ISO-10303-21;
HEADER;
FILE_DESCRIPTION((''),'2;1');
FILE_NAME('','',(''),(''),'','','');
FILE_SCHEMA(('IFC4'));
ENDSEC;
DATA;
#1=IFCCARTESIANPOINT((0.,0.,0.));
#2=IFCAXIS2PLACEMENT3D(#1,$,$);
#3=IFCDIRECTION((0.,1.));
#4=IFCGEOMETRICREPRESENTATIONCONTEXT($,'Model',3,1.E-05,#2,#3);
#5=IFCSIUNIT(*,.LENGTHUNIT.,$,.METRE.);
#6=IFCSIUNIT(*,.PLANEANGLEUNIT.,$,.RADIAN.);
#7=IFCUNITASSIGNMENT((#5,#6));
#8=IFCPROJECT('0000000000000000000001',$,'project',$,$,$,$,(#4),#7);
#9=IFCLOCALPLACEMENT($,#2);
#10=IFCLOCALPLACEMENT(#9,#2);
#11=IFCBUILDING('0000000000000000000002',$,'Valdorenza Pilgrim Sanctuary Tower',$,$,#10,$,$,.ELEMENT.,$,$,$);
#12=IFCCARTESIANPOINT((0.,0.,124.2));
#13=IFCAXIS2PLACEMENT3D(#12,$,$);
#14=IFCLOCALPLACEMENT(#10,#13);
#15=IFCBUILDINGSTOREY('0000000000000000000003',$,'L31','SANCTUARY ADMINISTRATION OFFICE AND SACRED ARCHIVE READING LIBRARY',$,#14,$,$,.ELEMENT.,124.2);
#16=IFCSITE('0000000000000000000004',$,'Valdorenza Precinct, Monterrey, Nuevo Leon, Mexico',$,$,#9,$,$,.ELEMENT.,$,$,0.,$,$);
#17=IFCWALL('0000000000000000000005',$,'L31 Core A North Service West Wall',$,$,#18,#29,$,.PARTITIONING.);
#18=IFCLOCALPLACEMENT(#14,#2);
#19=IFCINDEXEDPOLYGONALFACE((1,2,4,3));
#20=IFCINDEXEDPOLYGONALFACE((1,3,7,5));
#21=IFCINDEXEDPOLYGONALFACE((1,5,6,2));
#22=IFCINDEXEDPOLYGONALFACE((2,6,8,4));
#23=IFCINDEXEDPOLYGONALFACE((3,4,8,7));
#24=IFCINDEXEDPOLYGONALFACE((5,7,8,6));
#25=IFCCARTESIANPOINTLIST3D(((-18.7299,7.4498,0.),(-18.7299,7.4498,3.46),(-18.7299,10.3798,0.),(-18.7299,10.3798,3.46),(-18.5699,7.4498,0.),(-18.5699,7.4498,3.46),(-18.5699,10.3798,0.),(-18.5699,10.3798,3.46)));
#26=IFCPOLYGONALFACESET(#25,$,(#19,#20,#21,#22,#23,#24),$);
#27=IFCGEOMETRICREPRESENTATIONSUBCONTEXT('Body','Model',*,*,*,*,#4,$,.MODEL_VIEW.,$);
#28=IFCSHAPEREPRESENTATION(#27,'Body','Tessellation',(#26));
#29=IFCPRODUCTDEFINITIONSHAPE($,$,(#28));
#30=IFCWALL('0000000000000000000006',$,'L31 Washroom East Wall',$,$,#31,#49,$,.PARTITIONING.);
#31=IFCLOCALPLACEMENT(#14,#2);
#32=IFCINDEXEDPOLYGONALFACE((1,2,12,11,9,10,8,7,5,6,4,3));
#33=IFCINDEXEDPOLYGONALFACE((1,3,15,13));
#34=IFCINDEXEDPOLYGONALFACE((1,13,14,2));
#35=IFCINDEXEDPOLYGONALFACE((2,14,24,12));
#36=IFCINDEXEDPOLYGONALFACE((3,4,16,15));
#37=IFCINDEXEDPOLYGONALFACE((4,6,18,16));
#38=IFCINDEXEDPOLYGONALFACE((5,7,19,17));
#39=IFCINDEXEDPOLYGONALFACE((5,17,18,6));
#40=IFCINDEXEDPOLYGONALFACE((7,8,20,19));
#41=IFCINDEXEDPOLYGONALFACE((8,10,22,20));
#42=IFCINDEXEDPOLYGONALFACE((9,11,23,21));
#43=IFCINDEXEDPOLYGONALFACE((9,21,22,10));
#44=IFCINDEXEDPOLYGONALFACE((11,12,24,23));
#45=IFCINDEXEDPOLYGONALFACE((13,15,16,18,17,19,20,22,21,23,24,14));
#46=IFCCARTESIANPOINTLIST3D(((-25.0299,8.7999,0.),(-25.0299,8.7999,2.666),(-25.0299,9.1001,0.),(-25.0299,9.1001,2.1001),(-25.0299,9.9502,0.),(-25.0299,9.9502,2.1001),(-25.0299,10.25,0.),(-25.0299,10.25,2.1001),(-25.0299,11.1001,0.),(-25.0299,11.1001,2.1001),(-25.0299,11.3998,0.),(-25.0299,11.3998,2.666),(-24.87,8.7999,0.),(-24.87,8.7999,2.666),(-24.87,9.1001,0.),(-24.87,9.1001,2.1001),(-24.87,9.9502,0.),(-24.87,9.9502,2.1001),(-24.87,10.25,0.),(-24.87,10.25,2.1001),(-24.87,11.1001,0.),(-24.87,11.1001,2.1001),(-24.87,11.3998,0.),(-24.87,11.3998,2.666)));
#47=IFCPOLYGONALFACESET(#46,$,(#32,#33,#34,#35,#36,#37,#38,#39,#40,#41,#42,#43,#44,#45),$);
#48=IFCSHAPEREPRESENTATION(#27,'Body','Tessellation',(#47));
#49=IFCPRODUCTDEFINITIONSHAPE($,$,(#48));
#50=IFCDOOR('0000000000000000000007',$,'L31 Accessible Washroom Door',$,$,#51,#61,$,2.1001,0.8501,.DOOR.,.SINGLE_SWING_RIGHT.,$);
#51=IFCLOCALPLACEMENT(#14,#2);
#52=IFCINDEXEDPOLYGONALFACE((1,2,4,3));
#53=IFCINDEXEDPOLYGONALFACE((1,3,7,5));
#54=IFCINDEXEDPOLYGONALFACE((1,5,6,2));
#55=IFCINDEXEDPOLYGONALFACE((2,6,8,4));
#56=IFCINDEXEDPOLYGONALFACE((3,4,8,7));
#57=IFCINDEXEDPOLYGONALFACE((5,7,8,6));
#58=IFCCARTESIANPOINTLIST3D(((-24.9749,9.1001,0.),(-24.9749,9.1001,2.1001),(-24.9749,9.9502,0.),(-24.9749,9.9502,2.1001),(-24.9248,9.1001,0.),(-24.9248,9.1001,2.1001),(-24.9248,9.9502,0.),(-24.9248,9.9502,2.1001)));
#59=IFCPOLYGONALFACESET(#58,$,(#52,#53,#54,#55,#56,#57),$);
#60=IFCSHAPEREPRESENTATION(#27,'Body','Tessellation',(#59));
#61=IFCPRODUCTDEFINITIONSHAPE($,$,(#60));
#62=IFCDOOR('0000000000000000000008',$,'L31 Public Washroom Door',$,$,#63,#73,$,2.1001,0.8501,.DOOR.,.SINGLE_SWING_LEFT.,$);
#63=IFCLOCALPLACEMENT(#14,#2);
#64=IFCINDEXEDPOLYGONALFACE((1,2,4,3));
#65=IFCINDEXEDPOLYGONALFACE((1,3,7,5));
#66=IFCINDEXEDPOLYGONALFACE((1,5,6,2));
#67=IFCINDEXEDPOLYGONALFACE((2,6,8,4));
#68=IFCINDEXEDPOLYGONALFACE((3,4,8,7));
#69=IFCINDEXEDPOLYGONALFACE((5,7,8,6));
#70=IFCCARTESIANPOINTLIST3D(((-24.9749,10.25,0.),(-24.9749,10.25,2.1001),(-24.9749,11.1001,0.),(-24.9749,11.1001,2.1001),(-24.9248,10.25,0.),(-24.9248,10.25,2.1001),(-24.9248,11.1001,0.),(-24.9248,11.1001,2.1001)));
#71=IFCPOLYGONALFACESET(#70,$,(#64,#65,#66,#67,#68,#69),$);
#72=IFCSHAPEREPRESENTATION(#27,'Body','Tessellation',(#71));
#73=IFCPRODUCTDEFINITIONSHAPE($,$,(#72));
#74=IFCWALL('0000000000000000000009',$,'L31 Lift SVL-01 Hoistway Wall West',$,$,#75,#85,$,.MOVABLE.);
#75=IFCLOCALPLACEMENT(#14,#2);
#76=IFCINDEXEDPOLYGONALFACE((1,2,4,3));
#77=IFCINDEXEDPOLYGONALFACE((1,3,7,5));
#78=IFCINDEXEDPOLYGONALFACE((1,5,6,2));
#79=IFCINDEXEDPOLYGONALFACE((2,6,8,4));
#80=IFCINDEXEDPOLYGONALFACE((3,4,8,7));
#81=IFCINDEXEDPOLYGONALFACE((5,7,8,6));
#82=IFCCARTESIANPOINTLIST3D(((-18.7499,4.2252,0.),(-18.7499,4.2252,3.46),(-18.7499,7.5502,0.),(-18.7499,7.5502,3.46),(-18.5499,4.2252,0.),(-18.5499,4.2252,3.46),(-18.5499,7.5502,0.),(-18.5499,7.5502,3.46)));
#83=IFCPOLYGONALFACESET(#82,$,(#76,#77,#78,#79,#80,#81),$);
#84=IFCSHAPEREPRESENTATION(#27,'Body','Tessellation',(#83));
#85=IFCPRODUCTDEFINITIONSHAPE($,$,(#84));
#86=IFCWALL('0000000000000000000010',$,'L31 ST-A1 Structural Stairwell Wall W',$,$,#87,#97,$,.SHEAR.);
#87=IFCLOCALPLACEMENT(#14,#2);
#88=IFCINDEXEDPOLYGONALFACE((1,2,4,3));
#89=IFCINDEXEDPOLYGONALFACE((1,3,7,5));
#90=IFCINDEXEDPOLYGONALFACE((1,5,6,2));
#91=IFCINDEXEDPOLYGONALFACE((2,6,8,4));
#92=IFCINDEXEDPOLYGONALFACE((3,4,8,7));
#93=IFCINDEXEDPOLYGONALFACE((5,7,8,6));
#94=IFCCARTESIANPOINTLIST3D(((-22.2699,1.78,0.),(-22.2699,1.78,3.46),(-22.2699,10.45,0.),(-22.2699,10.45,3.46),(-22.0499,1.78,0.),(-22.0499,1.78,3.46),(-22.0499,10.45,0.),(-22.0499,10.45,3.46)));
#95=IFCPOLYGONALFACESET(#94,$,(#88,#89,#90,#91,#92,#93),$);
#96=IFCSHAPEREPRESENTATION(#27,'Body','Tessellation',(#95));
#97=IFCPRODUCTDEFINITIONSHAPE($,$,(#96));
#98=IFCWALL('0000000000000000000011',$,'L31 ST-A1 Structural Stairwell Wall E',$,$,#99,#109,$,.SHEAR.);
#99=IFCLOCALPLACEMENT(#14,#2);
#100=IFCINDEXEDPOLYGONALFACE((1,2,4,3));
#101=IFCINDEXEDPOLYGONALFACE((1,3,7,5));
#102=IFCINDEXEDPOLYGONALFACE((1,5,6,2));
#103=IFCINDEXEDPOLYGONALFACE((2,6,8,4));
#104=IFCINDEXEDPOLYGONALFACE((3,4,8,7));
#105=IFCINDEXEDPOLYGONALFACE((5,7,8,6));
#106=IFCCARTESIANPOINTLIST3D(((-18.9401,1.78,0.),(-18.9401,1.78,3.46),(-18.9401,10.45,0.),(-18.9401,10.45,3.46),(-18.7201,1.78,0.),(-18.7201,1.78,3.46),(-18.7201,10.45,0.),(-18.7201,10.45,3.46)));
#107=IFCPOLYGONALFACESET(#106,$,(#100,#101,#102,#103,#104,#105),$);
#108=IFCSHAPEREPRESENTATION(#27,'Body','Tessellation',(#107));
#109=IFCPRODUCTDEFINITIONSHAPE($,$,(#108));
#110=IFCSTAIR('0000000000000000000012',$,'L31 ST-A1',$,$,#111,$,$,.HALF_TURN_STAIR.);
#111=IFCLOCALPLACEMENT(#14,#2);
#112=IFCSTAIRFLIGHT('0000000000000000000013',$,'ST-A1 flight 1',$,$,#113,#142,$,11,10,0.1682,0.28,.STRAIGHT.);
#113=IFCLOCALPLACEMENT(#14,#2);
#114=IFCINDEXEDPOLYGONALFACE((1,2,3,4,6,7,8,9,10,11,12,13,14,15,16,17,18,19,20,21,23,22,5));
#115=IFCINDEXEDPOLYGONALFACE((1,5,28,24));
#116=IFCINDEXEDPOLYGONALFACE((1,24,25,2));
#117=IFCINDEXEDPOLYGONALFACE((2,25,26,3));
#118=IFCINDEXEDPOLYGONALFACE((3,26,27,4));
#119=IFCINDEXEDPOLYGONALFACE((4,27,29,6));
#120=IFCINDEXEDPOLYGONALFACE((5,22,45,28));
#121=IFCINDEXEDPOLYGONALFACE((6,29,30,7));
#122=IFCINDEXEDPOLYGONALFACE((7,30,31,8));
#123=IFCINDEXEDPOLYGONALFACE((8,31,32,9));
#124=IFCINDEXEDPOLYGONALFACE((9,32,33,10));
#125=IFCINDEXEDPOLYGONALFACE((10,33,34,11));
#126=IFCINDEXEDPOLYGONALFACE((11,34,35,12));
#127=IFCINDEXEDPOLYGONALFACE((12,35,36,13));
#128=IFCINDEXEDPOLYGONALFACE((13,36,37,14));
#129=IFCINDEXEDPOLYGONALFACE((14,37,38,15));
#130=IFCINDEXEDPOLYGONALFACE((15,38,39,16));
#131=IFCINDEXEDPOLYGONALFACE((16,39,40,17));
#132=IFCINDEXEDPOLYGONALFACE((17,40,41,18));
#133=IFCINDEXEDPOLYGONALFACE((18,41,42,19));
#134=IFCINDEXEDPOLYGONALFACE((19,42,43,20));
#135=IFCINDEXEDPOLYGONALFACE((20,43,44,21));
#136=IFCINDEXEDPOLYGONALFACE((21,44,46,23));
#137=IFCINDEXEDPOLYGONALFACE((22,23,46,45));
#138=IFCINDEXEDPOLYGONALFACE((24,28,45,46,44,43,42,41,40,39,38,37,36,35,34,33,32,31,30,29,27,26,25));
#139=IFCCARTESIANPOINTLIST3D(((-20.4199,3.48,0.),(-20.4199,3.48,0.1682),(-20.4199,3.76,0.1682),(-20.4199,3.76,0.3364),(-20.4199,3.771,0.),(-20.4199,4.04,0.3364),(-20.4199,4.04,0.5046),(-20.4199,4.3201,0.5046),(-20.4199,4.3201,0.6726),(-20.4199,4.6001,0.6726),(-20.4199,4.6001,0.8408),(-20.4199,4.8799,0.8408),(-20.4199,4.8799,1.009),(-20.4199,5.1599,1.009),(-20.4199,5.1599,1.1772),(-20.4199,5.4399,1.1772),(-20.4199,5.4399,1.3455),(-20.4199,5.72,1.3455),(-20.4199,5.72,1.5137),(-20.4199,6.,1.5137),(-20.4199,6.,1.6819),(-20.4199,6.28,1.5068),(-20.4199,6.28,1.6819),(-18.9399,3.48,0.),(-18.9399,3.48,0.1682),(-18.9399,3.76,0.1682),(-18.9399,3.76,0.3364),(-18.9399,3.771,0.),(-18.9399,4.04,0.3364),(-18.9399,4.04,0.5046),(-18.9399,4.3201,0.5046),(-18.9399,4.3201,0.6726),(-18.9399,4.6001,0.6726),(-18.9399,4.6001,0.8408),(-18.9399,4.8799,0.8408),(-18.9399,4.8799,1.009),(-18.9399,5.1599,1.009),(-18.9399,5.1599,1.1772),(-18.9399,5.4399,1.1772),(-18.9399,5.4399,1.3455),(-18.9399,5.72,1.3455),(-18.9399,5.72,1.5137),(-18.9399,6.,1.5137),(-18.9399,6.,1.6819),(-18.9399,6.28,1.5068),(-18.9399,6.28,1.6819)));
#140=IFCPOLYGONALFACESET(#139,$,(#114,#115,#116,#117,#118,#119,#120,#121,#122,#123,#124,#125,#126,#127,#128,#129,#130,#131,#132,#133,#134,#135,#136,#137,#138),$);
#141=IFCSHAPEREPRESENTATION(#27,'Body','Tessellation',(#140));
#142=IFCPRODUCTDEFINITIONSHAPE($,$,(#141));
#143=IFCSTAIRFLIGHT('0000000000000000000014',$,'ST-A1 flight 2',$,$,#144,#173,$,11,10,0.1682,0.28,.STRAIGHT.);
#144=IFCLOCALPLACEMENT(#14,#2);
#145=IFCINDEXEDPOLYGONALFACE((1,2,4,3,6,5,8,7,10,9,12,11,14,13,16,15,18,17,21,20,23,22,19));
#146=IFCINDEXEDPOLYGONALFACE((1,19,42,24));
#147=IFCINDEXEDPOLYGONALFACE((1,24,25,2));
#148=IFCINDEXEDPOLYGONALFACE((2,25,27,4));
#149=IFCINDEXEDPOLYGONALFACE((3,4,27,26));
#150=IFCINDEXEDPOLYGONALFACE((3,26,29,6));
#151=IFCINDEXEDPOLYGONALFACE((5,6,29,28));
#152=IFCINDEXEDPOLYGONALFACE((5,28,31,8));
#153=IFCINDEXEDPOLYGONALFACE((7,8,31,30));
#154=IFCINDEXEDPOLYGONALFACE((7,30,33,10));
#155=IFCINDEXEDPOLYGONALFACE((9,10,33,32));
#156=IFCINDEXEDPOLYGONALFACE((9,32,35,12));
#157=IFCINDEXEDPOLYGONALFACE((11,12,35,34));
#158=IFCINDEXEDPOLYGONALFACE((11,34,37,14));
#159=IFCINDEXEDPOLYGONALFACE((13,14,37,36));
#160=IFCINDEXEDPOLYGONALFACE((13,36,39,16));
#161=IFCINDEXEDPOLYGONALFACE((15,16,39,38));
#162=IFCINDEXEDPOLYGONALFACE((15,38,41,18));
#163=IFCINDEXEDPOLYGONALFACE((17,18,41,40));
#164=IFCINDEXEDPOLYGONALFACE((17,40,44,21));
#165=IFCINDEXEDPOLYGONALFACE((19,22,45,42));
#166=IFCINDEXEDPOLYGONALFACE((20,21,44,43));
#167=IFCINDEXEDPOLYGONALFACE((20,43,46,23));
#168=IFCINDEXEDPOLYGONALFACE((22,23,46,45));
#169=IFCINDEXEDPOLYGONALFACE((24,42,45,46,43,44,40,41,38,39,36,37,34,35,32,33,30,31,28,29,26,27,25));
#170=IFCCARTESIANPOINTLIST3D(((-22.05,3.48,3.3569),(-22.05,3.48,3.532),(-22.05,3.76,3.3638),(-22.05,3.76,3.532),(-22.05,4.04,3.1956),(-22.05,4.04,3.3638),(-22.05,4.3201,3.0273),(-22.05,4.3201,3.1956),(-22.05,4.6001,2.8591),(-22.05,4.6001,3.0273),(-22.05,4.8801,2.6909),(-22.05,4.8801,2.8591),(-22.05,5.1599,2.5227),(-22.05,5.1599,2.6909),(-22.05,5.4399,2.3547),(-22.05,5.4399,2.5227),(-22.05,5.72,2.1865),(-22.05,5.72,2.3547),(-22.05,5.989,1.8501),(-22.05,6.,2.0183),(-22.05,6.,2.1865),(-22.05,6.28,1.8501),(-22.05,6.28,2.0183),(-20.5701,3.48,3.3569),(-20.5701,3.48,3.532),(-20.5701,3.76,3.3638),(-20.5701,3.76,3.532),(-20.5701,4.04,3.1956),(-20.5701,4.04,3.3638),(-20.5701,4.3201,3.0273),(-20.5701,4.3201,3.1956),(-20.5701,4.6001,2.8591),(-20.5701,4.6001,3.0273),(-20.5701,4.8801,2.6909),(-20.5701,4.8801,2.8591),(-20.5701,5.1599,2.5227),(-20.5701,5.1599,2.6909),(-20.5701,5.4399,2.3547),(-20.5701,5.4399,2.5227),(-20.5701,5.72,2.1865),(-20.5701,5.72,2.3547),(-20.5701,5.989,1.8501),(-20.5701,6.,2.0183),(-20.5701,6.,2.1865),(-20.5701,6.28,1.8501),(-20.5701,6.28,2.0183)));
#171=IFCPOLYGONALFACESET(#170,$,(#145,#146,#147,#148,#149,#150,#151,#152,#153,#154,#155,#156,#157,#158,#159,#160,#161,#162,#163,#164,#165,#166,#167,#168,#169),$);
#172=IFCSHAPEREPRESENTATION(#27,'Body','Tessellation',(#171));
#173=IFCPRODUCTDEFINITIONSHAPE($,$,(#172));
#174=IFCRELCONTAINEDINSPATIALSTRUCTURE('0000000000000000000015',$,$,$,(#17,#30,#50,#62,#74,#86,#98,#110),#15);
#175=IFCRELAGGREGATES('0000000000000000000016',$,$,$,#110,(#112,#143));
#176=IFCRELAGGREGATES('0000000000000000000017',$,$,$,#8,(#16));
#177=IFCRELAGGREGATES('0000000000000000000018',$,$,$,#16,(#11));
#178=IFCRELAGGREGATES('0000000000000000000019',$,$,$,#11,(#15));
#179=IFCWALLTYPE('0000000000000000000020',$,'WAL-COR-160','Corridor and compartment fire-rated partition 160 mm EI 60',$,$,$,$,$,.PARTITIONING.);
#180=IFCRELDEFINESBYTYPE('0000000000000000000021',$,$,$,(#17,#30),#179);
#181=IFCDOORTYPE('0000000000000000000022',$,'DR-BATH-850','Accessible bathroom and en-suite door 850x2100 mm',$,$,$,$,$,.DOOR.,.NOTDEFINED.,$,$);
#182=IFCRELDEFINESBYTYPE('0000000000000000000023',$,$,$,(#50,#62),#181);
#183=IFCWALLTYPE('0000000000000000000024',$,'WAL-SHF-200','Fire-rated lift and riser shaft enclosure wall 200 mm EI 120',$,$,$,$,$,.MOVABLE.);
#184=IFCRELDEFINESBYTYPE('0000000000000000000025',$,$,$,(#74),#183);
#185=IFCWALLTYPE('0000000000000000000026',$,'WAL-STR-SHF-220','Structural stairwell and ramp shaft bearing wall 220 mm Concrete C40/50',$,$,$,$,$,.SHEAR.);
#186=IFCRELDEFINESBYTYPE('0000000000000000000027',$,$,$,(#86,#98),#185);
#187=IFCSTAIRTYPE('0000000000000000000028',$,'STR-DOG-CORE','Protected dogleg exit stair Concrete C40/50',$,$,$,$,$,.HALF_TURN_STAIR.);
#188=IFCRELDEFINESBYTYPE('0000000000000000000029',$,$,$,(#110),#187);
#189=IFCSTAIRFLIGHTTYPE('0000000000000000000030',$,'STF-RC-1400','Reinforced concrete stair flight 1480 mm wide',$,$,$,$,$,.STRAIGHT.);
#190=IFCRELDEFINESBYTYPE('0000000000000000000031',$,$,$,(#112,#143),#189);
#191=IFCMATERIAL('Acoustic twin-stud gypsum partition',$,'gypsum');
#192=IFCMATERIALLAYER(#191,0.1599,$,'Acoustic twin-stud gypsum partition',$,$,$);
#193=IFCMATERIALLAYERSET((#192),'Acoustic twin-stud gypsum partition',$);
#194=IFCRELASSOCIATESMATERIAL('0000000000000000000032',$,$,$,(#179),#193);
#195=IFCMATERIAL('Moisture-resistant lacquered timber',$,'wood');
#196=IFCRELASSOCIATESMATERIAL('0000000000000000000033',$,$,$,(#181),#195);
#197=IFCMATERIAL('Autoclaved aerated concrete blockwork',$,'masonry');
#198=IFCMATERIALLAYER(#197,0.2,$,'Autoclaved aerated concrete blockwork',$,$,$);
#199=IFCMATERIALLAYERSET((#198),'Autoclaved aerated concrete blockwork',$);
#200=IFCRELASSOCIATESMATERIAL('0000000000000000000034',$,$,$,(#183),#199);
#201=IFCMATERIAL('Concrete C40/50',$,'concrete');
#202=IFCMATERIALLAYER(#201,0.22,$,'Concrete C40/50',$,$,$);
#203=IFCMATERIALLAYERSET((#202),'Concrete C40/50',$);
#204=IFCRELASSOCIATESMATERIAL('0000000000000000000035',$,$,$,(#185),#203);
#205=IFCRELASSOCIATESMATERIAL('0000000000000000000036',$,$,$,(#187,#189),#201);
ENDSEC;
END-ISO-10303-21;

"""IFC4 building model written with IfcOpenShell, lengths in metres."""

from ifc_helpers import new_model, si_unit, direction, frame, frame_2d, origin, place, context, subcontext, project, spatial, polyline, rectangle, outline, extrude, material, layer, layer_set, type_object, element, fill, aggregate, save


model = new_model("IFC4")

# Units and contexts
model_context = context("Model", 3, precision=1e-05, world=origin(), true_north=direction((0.0, 1.0)))
body_context = subcontext(model_context, "Body", "Model", "MODEL_VIEW")
ifc_project = project(units=[si_unit("LENGTHUNIT", "METRE"), si_unit("PLANEANGLEUNIT", "RADIAN")], contexts=[model_context])

# Site, building, storey
site_placement = place(None, origin())
site = spatial("IfcSite", under=ifc_project, at=site_placement, Name="Valdorenza Precinct, Monterrey, Nuevo Leon, Mexico", CompositionType="ELEMENT", RefElevation=0.0)
building_placement = place(site_placement, origin())
building = spatial("IfcBuilding", under=site, at=building_placement, Name="Valdorenza Pilgrim Sanctuary Tower", CompositionType="ELEMENT")
storey_placement = place(building_placement, frame((0.0, 0.0, 124.2)))
storey = spatial("IfcBuildingStorey", under=building, at=storey_placement, Name="L31", Description="SANCTUARY ADMINISTRATION OFFICE AND SACRED ARCHIVE READING LIBRARY", CompositionType="ELEMENT", Elevation=124.2)

# Wall
ifc_material_1 = material(Name="Acoustic twin-stud gypsum partition", Category="gypsum")
ifc_layer_1 = layer(ifc_material_1, 0.1599, Name="Acoustic twin-stud gypsum partition")
ifc_layer_set_1 = layer_set([ifc_layer_1], Name="Acoustic twin-stud gypsum partition")
wall_type_1 = type_object("IfcWallType", Name="WAL-COR-160", Description="Corridor and compartment fire-rated partition 160 mm EI 60", PredefinedType="PARTITIONING", material=ifc_layer_set_1)
wall_1_placement = place(storey_placement, frame((-18.6499, 7.45, 0.0), z_axis=(0.0, 0.0, 1.0), x_axis=(0.0, 1.0, 0.0)))
element("IfcWall", 1, at=wall_1_placement, inside=storey, type_object=wall_type_1, Name="L31 Core A North Service West Wall", PredefinedType="PARTITIONING", context=body_context, shape_type="SweptSolid", body=[
    extrude(rectangle(XDim=2.9299, YDim=0.1599, at=frame_2d((1.4648, 0.0))), origin(), (0.0, 0.0, 1.0), 3.46),
])

# Wall, openings, doors
wall_2_placement = place(storey_placement, frame((-24.95, 8.8, 0.0), z_axis=(0.0, 0.0, 1.0), x_axis=(0.0, 1.0, 0.0)))
wall_2 = element("IfcWall", 2, at=wall_2_placement, inside=storey, type_object=wall_type_1, Name="L31 Washroom East Wall", PredefinedType="PARTITIONING", context=body_context, shape_type="SweptSolid", body=[
    extrude(rectangle(XDim=2.5999, YDim=0.1599, at=frame_2d((1.2998, 0.0))), origin(), (0.0, 0.0, 1.0), 2.666),
])
opening_1_placement = place(wall_2_placement, frame((0.3, 0.0, 0.0)))
opening_1 = element("IfcOpeningElement", 3, at=opening_1_placement, cuts=wall_2, PredefinedType="OPENING", context=body_context, shape_type="SweptSolid", body=[
    extrude(rectangle(XDim=0.8501, YDim=2.1001, at=frame_2d((0.425, 1.05))), frame((0.0, 0.0947, 0.0), z_axis=(0.0, -1.0, 0.0), x_axis=(1.0, 0.0, 0.0)), (0.0, 0.0, 1.0), 0.1897),
])
opening_2_placement = place(wall_2_placement, frame((1.45, 0.0, 0.0)))
opening_2 = element("IfcOpeningElement", 4, at=opening_2_placement, cuts=wall_2, PredefinedType="OPENING", context=body_context, shape_type="SweptSolid", body=[
    extrude(rectangle(XDim=0.8501, YDim=2.1001, at=frame_2d((0.425, 1.05))), frame((0.0, 0.0947, 0.0), z_axis=(0.0, -1.0, 0.0), x_axis=(1.0, 0.0, 0.0)), (0.0, 0.0, 1.0), 0.1897),
])
ifc_material_2 = material(Name="Moisture-resistant lacquered timber", Category="wood")
door_type_1 = type_object("IfcDoorType", Name="DR-BATH-850", Description="Accessible bathroom and en-suite door 850x2100 mm", OperationType="NOTDEFINED", PredefinedType="DOOR", material=ifc_material_2)
door_1_placement = place(opening_1_placement, origin())
door_1 = element("IfcDoor", 5, at=door_1_placement, inside=storey, type_object=door_type_1, Name="L31 Accessible Washroom Door", OperationType="SINGLE_SWING_RIGHT", OverallHeight=2.1001, OverallWidth=0.8501, PredefinedType="DOOR", context=body_context, shape_type="SweptSolid", body=[
    extrude(rectangle(XDim=0.8501, YDim=2.1001, at=frame_2d((0.425, 1.05))), frame((0.0, 0.0249, 0.0), z_axis=(0.0, -1.0, 0.0), x_axis=(1.0, 0.0, 0.0)), (0.0, 0.0, 1.0), 0.05),
])
fill(opening_1, door_1)
door_2_placement = place(opening_2_placement, origin())
door_2 = element("IfcDoor", 6, at=door_2_placement, inside=storey, type_object=door_type_1, Name="L31 Public Washroom Door", OperationType="SINGLE_SWING_LEFT", OverallHeight=2.1001, OverallWidth=0.8501, PredefinedType="DOOR", context=body_context, shape_type="SweptSolid", body=[
    extrude(rectangle(XDim=0.8501, YDim=2.1001, at=frame_2d((0.425, 1.05))), frame((0.0, 0.0249, 0.0), z_axis=(0.0, -1.0, 0.0), x_axis=(1.0, 0.0, 0.0)), (0.0, 0.0, 1.0), 0.05),
])
fill(opening_2, door_2)

# Walls
ifc_material_3 = material(Name="Autoclaved aerated concrete blockwork", Category="masonry")
ifc_layer_2 = layer(ifc_material_3, 0.2, Name="Autoclaved aerated concrete blockwork")
ifc_layer_set_2 = layer_set([ifc_layer_2], Name="Autoclaved aerated concrete blockwork")
wall_type_2 = type_object("IfcWallType", Name="WAL-SHF-200", Description="Fire-rated lift and riser shaft enclosure wall 200 mm EI 120", PredefinedType="MOVABLE", material=ifc_layer_set_2)
wall_3_placement = place(storey_placement, frame((-18.6499, 4.2251, 0.0), z_axis=(0.0, 0.0, 1.0), x_axis=(0.0, 1.0, 0.0)))
element("IfcWall", 7, at=wall_3_placement, inside=storey, type_object=wall_type_2, Name="L31 Lift SVL-01 Hoistway Wall West", PredefinedType="MOVABLE", context=body_context, shape_type="SweptSolid", body=[
    extrude(rectangle(XDim=3.325, YDim=0.2, at=frame_2d((1.6626, 0.0))), origin(), (0.0, 0.0, 1.0), 3.46),
])
ifc_material_4 = material(Name="Concrete C40/50", Category="concrete")
ifc_layer_3 = layer(ifc_material_4, 0.22, Name="Concrete C40/50")
ifc_layer_set_3 = layer_set([ifc_layer_3], Name="Concrete C40/50")
wall_type_3 = type_object("IfcWallType", Name="WAL-STR-SHF-220", Description="Structural stairwell and ramp shaft bearing wall 220 mm Concrete C40/50", PredefinedType="SHEAR", material=ifc_layer_set_3)
for number, where, z_axis, x_axis, name in (
    (8, (-22.1599, 1.78, 0.0), (0.0, 0.0, 1.0), (0.0, 1.0, 0.0), "L31 ST-A1 Structural Stairwell Wall W"),
    (9, (-18.8301, 1.78, 0.0), (0.0, 0.0, 1.0), (0.0, 1.0, 0.0), "L31 ST-A1 Structural Stairwell Wall E"),
):
    element("IfcWall", number, at=place(storey_placement, frame(where, z_axis=z_axis, x_axis=x_axis)), inside=storey, type_object=wall_type_3, Name=name, PredefinedType="SHEAR", context=body_context, shape_type="SweptSolid", body=[
        extrude(rectangle(XDim=8.6699, YDim=0.22, at=frame_2d((4.335, 0.0))), origin(), (0.0, 0.0, 1.0), 3.46),
    ])

# Stair, stair flights
stair_type = type_object("IfcStairType", Name="STR-DOG-CORE", Description="Protected dogleg exit stair Concrete C40/50", PredefinedType="HALF_TURN_STAIR", material=ifc_material_4)
stair_placement = place(storey_placement, origin())
stair = element("IfcStair", 10, at=stair_placement, inside=storey, type_object=stair_type, Name="L31 ST-A1", PredefinedType="HALF_TURN_STAIR")
stair_flight_type = type_object("IfcStairFlightType", Name="STF-RC-1400", Description="Reinforced concrete stair flight 1480 mm wide", PredefinedType="STRAIGHT", material=ifc_material_4)
stair_flight_1_placement = place(storey_placement, frame((-19.6799, 3.48, 0.0), z_axis=(0.0, 0.0, 1.0), x_axis=(0.0, 1.0, 0.0)))
stair_flight_1 = element("IfcStairFlight", 11, at=stair_flight_1_placement, type_object=stair_flight_type, Name="ST-A1 flight 1", NumberOfRisers=11, NumberOfTreads=10, PredefinedType="STRAIGHT", RiserHeight=0.1682, TreadLength=0.28, context=body_context, shape_type="SweptSolid", body=[
    extrude(outline(polyline([(0.0, 0.0), (0.0, 0.1682), (0.28, 0.1682), (0.28, 0.3364), (0.5601, 0.3364), (0.5601, 0.5046), (0.8401, 0.5046), (0.8401, 0.6726), (1.1201, 0.6726), (1.1201, 0.8408), (1.3999, 0.8408), (1.3999, 1.009), (1.6799, 1.009), (1.6799, 1.1772), (1.96, 1.1772), (1.96, 1.3455), (2.24, 1.3455), (2.24, 1.5137), (2.52, 1.5137), (2.52, 1.6819), (2.8, 1.6819), (2.8, 1.8501), (2.8, 1.5068), (0.291, 0.0), (0.0, 0.0)])), frame((0.0, 0.74, 0.0), z_axis=(0.0, -1.0, 0.0), x_axis=(1.0, 0.0, 0.0)), (0.0, 0.0, 1.0), 1.48),
])
stair_flight_2_placement = place(storey_placement, frame((-21.3101, 6.28, 1.8501), z_axis=(0.0, 0.0, 1.0), x_axis=(0.0, -1.0, 0.0)))
stair_flight_2 = element("IfcStairFlight", 12, at=stair_flight_2_placement, type_object=stair_flight_type, Name="ST-A1 flight 2", NumberOfRisers=11, NumberOfTreads=10, PredefinedType="STRAIGHT", RiserHeight=0.1682, TreadLength=0.28, context=body_context, shape_type="SweptSolid", body=[
    extrude(outline(polyline([(0.0, 0.0), (0.0, 0.1682), (0.28, 0.1682), (0.28, 0.3364), (0.5601, 0.3364), (0.5601, 0.5046), (0.8401, 0.5046), (0.8401, 0.6726), (1.1201, 0.6726), (1.1201, 0.8408), (1.3999, 0.8408), (1.3999, 1.009), (1.6799, 1.009), (1.6799, 1.1772), (1.96, 1.1772), (1.96, 1.3455), (2.24, 1.3455), (2.24, 1.5137), (2.52, 1.5137), (2.52, 1.6819), (2.8, 1.6819), (2.8, 1.8501), (2.8, 1.5068), (0.291, 0.0), (0.0, 0.0)])), frame((0.0, 0.74, 0.0), z_axis=(0.0, -1.0, 0.0), x_axis=(1.0, 0.0, 0.0)), (0.0, 0.0, 1.0), 1.48),
])
aggregate(stair, [stair_flight_1, stair_flight_2])

save(model, "model.ifc")
